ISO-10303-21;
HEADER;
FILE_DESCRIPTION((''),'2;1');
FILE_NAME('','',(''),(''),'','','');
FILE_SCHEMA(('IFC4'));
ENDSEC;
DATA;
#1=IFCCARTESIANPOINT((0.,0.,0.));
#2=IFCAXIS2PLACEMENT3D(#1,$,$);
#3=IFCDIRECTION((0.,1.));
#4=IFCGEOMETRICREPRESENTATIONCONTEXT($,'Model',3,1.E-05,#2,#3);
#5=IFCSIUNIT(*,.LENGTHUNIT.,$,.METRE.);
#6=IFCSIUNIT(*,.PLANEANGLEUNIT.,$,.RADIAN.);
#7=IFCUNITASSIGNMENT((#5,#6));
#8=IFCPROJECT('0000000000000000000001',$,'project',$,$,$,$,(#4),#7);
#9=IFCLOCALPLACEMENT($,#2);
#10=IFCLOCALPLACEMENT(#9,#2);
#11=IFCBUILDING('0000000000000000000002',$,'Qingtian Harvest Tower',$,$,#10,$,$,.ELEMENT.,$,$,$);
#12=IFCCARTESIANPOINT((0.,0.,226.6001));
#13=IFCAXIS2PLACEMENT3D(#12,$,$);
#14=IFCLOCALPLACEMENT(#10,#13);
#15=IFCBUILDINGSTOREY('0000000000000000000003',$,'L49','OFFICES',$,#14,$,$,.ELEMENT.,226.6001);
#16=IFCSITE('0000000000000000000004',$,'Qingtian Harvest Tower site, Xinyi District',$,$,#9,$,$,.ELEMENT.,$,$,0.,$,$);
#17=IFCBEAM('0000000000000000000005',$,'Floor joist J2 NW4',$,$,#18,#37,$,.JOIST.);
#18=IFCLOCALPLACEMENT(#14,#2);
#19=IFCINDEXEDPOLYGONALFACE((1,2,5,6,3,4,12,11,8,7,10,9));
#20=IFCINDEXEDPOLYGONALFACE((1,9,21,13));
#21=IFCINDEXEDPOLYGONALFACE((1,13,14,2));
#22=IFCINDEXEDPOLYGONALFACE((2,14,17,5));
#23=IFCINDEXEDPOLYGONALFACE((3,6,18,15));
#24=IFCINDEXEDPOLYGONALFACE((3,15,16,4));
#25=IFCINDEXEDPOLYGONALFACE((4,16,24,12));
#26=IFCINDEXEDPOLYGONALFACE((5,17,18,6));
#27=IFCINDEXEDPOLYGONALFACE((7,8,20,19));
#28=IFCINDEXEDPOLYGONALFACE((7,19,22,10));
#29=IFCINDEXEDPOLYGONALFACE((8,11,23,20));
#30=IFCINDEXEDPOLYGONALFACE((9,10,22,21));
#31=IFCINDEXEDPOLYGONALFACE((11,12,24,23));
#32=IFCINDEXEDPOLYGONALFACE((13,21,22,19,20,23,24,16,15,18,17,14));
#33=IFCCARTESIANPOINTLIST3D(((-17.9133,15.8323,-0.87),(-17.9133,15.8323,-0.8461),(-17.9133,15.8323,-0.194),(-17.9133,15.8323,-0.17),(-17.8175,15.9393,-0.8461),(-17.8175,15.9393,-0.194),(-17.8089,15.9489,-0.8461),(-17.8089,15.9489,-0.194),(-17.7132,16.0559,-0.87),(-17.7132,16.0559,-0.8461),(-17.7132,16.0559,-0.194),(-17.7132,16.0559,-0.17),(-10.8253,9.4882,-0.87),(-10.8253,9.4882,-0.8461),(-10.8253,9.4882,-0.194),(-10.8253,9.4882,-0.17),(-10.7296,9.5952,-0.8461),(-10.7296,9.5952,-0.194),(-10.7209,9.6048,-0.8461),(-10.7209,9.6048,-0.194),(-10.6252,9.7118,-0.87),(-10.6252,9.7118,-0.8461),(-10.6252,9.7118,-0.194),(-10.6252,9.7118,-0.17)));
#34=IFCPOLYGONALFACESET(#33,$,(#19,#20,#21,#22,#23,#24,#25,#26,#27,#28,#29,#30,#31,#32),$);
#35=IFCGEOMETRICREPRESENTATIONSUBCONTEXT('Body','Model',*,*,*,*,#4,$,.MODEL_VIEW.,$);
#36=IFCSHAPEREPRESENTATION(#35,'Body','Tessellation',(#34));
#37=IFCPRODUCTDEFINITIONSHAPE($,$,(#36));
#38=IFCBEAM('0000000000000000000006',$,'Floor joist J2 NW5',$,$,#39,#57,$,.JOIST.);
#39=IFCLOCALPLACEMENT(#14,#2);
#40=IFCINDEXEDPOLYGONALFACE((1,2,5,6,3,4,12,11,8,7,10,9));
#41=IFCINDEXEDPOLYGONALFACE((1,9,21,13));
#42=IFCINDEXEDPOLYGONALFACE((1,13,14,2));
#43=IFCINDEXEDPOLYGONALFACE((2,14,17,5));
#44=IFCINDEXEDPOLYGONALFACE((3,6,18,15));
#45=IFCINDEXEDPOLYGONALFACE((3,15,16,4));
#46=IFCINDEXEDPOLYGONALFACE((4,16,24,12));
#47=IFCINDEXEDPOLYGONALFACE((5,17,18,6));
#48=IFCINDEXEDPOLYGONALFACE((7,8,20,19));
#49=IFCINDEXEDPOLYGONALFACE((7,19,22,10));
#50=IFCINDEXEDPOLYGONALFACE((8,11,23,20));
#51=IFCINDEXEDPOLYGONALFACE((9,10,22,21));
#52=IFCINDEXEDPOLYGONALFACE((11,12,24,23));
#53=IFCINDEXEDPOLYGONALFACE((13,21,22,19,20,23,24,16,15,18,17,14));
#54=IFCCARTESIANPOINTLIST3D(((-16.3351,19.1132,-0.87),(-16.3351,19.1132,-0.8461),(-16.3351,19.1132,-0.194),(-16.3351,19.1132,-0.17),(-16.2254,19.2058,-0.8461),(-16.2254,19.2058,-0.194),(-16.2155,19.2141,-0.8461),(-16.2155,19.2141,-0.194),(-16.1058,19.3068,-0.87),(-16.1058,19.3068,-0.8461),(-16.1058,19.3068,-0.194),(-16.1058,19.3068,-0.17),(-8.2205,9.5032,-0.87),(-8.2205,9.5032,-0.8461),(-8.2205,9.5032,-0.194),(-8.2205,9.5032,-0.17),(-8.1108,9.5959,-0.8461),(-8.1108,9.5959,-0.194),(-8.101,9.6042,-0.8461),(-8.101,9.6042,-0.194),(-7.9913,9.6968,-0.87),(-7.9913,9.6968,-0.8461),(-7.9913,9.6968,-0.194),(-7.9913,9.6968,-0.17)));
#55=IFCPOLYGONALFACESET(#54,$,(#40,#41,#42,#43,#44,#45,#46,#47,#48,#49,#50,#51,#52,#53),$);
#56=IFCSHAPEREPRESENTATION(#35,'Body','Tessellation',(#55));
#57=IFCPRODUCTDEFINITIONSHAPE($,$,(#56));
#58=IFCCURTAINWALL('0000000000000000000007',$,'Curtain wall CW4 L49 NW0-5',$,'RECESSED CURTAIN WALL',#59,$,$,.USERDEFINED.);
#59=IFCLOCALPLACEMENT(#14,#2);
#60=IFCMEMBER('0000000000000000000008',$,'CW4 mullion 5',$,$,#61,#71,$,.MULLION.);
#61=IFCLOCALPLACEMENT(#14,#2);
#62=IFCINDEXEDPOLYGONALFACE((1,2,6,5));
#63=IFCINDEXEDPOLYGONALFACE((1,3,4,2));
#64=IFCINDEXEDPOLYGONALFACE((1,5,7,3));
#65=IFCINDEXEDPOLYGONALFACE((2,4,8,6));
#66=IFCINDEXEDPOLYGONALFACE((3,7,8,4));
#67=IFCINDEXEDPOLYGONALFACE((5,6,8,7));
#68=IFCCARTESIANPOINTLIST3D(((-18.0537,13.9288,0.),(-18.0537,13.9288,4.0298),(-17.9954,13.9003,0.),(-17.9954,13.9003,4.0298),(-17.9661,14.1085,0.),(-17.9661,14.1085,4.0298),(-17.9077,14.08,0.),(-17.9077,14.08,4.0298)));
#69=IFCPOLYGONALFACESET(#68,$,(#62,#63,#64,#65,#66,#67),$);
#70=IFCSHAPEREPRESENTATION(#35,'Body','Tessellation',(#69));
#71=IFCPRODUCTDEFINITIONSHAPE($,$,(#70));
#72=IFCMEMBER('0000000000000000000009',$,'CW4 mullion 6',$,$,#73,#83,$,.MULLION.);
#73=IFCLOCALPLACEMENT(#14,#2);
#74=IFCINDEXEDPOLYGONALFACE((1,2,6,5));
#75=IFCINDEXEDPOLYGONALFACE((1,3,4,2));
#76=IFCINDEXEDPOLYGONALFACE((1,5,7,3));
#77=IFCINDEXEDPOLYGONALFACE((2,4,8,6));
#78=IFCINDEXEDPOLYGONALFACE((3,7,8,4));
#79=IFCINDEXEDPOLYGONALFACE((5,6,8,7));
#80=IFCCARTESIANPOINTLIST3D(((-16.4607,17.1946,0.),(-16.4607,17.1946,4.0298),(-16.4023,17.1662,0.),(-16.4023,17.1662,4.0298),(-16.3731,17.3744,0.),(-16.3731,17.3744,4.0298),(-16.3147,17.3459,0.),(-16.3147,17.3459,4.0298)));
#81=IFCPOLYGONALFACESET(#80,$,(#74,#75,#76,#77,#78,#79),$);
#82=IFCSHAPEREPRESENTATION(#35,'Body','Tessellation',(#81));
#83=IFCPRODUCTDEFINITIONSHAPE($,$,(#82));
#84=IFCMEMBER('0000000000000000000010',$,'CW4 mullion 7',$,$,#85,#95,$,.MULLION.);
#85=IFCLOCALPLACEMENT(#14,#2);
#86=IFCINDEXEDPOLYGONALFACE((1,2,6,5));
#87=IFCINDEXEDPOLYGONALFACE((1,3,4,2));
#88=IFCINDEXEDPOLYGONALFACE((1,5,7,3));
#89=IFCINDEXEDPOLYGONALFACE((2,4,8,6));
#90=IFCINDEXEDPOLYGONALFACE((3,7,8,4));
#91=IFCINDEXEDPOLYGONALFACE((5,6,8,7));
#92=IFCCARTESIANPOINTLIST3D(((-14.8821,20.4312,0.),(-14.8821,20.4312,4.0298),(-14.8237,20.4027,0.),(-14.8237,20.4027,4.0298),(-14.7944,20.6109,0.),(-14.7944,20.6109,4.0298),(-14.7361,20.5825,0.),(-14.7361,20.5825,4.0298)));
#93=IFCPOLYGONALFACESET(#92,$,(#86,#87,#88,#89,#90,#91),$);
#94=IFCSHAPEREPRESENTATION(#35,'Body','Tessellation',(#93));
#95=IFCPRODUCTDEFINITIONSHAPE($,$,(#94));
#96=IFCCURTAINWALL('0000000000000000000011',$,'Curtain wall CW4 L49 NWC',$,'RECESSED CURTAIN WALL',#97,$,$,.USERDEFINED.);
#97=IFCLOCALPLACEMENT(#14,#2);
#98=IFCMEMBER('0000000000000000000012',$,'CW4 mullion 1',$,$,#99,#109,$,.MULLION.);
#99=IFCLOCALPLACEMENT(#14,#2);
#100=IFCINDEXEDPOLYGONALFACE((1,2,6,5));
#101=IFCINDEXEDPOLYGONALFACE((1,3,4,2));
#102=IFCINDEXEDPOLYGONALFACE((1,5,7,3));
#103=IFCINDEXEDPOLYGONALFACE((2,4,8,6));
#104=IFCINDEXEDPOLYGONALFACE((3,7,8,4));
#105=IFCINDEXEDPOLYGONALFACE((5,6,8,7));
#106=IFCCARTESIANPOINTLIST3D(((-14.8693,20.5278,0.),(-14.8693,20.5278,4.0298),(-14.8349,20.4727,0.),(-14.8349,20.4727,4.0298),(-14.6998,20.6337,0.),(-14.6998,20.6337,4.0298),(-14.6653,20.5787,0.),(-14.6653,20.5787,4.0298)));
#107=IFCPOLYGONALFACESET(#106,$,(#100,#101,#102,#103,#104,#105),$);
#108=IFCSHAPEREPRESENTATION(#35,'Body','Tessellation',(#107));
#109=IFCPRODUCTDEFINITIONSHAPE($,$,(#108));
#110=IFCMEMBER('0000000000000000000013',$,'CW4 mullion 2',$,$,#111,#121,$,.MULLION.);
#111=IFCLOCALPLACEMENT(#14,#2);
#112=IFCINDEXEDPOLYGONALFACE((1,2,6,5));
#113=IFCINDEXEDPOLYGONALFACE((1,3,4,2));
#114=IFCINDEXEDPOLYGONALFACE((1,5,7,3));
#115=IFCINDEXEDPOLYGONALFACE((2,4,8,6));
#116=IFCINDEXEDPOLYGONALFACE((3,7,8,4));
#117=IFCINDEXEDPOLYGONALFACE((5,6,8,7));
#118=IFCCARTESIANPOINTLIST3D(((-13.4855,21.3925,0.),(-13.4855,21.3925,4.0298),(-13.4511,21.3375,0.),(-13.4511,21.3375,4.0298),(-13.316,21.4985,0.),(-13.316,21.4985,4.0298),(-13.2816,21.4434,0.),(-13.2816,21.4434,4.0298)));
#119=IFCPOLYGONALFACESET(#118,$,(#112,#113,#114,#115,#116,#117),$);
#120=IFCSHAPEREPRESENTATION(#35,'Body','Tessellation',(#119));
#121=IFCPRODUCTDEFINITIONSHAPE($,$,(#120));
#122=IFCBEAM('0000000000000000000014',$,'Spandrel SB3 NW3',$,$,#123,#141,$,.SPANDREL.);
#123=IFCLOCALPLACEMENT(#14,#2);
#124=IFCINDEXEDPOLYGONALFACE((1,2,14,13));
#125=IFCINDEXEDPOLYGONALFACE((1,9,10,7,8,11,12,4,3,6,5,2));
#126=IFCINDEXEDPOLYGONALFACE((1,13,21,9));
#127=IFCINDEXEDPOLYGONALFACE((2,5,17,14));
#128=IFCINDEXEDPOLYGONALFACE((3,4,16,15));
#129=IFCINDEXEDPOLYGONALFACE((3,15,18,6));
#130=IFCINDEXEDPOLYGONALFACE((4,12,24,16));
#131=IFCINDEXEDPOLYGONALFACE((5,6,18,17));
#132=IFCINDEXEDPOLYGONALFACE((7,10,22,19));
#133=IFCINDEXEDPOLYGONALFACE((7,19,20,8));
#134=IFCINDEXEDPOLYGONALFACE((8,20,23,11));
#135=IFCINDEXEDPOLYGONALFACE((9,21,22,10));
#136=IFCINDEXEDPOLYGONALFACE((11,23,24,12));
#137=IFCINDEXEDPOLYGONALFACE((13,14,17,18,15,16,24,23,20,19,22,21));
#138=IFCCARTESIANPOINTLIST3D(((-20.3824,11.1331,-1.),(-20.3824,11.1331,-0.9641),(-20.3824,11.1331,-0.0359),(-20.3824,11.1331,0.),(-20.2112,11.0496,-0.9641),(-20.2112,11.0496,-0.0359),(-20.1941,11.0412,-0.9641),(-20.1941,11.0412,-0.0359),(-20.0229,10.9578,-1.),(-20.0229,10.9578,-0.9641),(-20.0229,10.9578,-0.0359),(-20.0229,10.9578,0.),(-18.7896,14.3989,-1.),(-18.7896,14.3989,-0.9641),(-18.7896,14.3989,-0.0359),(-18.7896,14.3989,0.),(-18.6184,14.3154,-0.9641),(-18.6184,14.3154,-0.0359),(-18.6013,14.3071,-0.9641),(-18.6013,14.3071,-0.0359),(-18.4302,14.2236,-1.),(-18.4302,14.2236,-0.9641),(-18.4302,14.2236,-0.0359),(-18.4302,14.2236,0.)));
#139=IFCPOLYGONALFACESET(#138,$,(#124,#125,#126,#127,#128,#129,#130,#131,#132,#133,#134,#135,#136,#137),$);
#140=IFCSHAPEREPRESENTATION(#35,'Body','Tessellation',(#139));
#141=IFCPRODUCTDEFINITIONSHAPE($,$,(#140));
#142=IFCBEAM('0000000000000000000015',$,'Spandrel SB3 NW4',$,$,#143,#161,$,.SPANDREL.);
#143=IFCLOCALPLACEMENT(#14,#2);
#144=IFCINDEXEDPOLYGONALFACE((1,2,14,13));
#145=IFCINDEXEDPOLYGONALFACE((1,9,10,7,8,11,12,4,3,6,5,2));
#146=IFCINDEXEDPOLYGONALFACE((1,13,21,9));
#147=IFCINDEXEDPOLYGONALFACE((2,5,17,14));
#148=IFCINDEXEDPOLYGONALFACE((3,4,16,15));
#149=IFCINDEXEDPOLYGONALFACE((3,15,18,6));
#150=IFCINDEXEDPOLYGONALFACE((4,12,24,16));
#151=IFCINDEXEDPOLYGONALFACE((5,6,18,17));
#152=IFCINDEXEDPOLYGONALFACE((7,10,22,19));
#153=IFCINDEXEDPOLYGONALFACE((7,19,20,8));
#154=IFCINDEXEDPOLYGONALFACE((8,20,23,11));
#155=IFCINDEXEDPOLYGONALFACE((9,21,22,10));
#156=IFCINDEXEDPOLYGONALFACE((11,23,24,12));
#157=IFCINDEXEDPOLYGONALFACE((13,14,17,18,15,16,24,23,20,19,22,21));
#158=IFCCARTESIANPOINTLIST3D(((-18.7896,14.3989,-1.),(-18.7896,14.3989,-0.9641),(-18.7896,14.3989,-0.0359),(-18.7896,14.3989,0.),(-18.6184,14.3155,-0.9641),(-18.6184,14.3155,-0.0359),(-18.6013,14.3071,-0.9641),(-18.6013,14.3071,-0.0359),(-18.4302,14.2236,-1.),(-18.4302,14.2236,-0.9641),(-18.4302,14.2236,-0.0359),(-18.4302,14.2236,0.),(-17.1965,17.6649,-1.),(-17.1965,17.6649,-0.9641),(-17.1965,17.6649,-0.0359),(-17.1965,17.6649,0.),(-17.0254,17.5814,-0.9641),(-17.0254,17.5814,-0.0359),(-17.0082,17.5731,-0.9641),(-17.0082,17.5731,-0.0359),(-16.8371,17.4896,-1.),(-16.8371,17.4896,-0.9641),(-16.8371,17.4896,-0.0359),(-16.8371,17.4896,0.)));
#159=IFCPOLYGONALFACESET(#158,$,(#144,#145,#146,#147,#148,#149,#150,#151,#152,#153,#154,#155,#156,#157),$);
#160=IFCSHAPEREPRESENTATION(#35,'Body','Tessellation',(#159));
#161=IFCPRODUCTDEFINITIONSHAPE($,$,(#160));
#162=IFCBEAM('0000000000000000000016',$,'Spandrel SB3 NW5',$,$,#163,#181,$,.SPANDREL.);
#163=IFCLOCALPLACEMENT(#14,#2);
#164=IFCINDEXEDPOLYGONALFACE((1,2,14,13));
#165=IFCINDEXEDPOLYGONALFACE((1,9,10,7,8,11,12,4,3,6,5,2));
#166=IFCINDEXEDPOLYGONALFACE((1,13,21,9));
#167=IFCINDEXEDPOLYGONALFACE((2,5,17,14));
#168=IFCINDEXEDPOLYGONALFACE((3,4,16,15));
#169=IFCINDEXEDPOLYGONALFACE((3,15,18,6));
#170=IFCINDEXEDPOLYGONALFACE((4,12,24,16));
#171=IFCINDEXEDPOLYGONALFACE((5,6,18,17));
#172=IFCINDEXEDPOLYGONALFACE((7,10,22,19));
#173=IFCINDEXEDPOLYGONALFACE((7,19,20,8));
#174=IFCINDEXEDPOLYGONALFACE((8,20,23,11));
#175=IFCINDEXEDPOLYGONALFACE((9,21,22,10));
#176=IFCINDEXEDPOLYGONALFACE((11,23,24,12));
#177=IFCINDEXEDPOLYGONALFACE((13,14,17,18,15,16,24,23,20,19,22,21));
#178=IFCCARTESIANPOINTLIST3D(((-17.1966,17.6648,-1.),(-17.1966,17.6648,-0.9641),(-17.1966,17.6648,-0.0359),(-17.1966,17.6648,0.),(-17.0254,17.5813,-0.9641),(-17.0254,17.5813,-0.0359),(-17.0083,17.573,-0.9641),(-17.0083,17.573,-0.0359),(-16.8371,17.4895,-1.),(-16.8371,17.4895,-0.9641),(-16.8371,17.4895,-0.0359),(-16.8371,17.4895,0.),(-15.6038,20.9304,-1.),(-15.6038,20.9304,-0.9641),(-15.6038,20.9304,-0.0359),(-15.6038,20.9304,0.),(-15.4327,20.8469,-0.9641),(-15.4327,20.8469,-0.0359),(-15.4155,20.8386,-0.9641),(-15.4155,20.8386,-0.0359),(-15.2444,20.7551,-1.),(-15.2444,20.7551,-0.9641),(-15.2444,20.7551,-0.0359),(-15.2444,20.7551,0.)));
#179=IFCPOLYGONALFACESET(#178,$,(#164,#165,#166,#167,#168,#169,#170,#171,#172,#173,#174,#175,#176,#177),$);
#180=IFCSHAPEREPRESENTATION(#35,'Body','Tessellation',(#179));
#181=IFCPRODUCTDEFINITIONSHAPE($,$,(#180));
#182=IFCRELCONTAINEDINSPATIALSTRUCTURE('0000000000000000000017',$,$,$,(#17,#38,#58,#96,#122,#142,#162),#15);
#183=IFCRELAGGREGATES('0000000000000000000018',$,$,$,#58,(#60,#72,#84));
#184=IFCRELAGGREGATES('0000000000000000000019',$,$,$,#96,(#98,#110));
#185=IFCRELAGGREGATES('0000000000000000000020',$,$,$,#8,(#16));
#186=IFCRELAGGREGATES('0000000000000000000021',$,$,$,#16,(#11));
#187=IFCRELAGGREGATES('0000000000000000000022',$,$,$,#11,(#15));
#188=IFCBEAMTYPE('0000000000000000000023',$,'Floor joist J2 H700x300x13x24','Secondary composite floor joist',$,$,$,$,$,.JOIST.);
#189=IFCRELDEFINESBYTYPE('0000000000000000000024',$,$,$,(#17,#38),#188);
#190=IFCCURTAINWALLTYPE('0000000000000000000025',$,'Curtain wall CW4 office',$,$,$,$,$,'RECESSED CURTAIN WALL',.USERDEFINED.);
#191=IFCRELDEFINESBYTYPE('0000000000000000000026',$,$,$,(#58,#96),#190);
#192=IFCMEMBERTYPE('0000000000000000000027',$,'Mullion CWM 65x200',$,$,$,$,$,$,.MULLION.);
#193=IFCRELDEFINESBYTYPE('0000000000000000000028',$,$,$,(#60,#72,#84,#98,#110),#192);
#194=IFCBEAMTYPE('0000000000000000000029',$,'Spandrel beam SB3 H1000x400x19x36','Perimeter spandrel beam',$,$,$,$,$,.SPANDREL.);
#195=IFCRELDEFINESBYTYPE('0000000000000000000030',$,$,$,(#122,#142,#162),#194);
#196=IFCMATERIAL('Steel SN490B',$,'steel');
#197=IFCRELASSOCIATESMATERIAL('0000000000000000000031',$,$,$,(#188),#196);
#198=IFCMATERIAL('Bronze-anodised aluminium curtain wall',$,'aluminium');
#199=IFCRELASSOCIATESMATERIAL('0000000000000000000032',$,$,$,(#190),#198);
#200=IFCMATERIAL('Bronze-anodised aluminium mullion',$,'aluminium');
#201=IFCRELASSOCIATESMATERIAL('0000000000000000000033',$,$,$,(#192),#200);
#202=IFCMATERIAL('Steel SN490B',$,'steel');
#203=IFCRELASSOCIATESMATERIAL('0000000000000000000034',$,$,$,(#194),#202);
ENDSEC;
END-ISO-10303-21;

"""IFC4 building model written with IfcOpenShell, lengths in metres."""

from ifc_helpers import new_model, si_unit, direction, frame, origin, origin_2d, place, context, subcontext, project, spatial, rectangle, i_section, extrude, material, material_profile, profile_set, type_object, element, aggregate, save


model = new_model("IFC4")

# Units and contexts
model_context = context("Model", 3, precision=1e-05, world=origin(), true_north=direction((0.0, 1.0)))
body_context = subcontext(model_context, "Body", "Model", "MODEL_VIEW")
ifc_project = project(units=[si_unit("LENGTHUNIT", "METRE"), si_unit("PLANEANGLEUNIT", "RADIAN")], contexts=[model_context])

# Site, building, storey
site_placement = place(None, origin())
site = spatial("IfcSite", under=ifc_project, at=site_placement, Name="Qingtian Harvest Tower site, Xinyi District", CompositionType="ELEMENT", RefElevation=0.0)
building_placement = place(site_placement, origin())
building = spatial("IfcBuilding", under=site, at=building_placement, Name="Qingtian Harvest Tower", CompositionType="ELEMENT")
storey_placement = place(building_placement, frame((0.0, 0.0, 226.6001)))
storey = spatial("IfcBuildingStorey", under=building, at=storey_placement, Name="L49", Description="OFFICES", CompositionType="ELEMENT", Elevation=226.6001)

# Beams
ifc_material_1 = material(Name="Steel SN490B", Category="steel")
ifc_material_profile_1 = material_profile(ifc_material_1, i_section(OverallWidth=0.3, OverallDepth=0.7, WebThickness=0.0129, FlangeThickness=0.0239, at=origin_2d()), Name="H700x300x13x24")
ifc_profile_set_1 = profile_set([ifc_material_profile_1], Name="Steel SN490B")
beam_type_1 = type_object("IfcBeamType", Name="Floor joist J2 H700x300x13x24", Description="Secondary composite floor joist", PredefinedType="JOIST", material=ifc_profile_set_1)
beam_1_placement = place(storey_placement, frame((-17.8132, 15.9441, -0.52), z_axis=(0.745127, -0.666923, 0.0), x_axis=(0.666923, 0.745127, 0.0)))
element("IfcBeam", 1, at=beam_1_placement, inside=storey, type_object=beam_type_1, Name="Floor joist J2 NW4", PredefinedType="JOIST", context=body_context, shape_type="SweptSolid", body=[
    extrude(i_section(OverallWidth=0.3, OverallDepth=0.7, WebThickness=0.0129, FlangeThickness=0.0239, at=origin_2d()), origin(), (0.0, 0.0, 1.0), 9.5125),
])
beam_2_placement = place(storey_placement, frame((-16.2205, 19.21, -0.52), z_axis=(0.645158, -0.764049, 0.0), x_axis=(0.764049, 0.645158, 0.0)))
element("IfcBeam", 2, at=beam_2_placement, inside=storey, type_object=beam_type_1, Name="Floor joist J2 NW5", PredefinedType="JOIST", context=body_context, shape_type="SweptSolid", body=[
    extrude(i_section(OverallWidth=0.3, OverallDepth=0.7, WebThickness=0.0129, FlangeThickness=0.0239, at=origin_2d()), origin(), (0.0, 0.0, 1.0), 12.5776),
])

# Curtain walls, members
ifc_material_2 = material(Name="Bronze-anodised aluminium curtain wall", Category="aluminium")
curtain_wall_type = type_object("IfcCurtainWallType", Name="Curtain wall CW4 office", ElementType="RECESSED CURTAIN WALL", PredefinedType="USERDEFINED", material=ifc_material_2)
curtain_wall_1_placement = place(storey_placement, origin())
curtain_wall_1 = element("IfcCurtainWall", 3, at=curtain_wall_1_placement, inside=storey, type_object=curtain_wall_type, Name="Curtain wall CW4 L49 NW0-5", ObjectType="RECESSED CURTAIN WALL", PredefinedType="USERDEFINED")
ifc_material_3 = material(Name="Bronze-anodised aluminium mullion", Category="aluminium")
ifc_material_profile_2 = material_profile(ifc_material_3, rectangle(XDim=0.0649, YDim=0.2, at=origin_2d()), Name="AL 65x200")
ifc_profile_set_2 = profile_set([ifc_material_profile_2], Name="Bronze-anodised aluminium mullion")
member_type_1 = type_object("IfcMemberType", Name="Mullion CWM 65x200", PredefinedType="MULLION", material=ifc_profile_set_2)
member_1_placement = place(storey_placement, frame((-17.9807, 14.0044, 0.0), z_axis=(0.0, 0.0, 1.0), x_axis=(-0.898794, 0.438371, 0.0)))
member_1 = element("IfcMember", 4, at=member_1_placement, type_object=member_type_1, Name="CW4 mullion 5", PredefinedType="MULLION", context=body_context, shape_type="SweptSolid", body=[
    extrude(rectangle(XDim=0.0649, YDim=0.2, at=origin_2d()), origin(), (0.0, 0.0, 1.0), 4.0298),
])
member_2_placement = place(storey_placement, frame((-16.3877, 17.2703, 0.0), z_axis=(0.0, 0.0, 1.0), x_axis=(-0.898794, 0.438371, 0.0)))
member_2 = element("IfcMember", 5, at=member_2_placement, type_object=member_type_1, Name="CW4 mullion 6", PredefinedType="MULLION", context=body_context, shape_type="SweptSolid", body=[
    extrude(rectangle(XDim=0.0649, YDim=0.2, at=origin_2d()), origin(), (0.0, 0.0, 1.0), 4.0298),
])
member_3_placement = place(storey_placement, frame((-14.8091, 20.5068, 0.0), z_axis=(0.0, 0.0, 1.0), x_axis=(-0.898794, 0.438371, 0.0)))
member_3 = element("IfcMember", 6, at=member_3_placement, type_object=member_type_1, Name="CW4 mullion 7", PredefinedType="MULLION", context=body_context, shape_type="SweptSolid", body=[
    extrude(rectangle(XDim=0.0649, YDim=0.2, at=origin_2d()), origin(), (0.0, 0.0, 1.0), 4.0298),
])
curtain_wall_2_placement = place(storey_placement, origin())
curtain_wall_2 = element("IfcCurtainWall", 7, at=curtain_wall_2_placement, inside=storey, type_object=curtain_wall_type, Name="Curtain wall CW4 L49 NWC", ObjectType="RECESSED CURTAIN WALL", PredefinedType="USERDEFINED")
member_4_placement = place(storey_placement, frame((-14.7673, 20.5532, 0.0), z_axis=(0.0, 0.0, 1.0), x_axis=(-0.529919, 0.848048, 0.0)))
member_4 = element("IfcMember", 8, at=member_4_placement, type_object=member_type_1, Name="CW4 mullion 1", PredefinedType="MULLION", context=body_context, shape_type="SweptSolid", body=[
    extrude(rectangle(XDim=0.0649, YDim=0.2, at=origin_2d()), origin(), (0.0, 0.0, 1.0), 4.0298),
])
member_5_placement = place(storey_placement, frame((-13.3835, 21.418, 0.0), z_axis=(0.0, 0.0, 1.0), x_axis=(-0.529919, 0.848048, 0.0)))
member_5 = element("IfcMember", 9, at=member_5_placement, type_object=member_type_1, Name="CW4 mullion 2", PredefinedType="MULLION", context=body_context, shape_type="SweptSolid", body=[
    extrude(rectangle(XDim=0.0649, YDim=0.2, at=origin_2d()), origin(), (0.0, 0.0, 1.0), 4.0298),
])

# Beams
ifc_material_4 = material(Name="Steel SN490B", Category="steel")
ifc_material_profile_3 = material_profile(ifc_material_4, i_section(OverallWidth=0.3999, OverallDepth=1.0, WebThickness=0.019, FlangeThickness=0.0359, at=origin_2d()), Name="H1000x400x19x36")
ifc_profile_set_3 = profile_set([ifc_material_profile_3], Name="Steel SN490B")
beam_type_2 = type_object("IfcBeamType", Name="Spandrel beam SB3 H1000x400x19x36", Description="Perimeter spandrel beam", PredefinedType="SPANDREL", material=ifc_profile_set_3)
beam_3_placement = place(storey_placement, frame((-20.2026, 11.0454, -0.5), z_axis=(0.438349, 0.898805, 0.0), x_axis=(-0.898805, 0.438349, 0.0)))
element("IfcBeam", 10, at=beam_3_placement, inside=storey, type_object=beam_type_2, Name="Spandrel SB3 NW3", PredefinedType="SPANDREL", context=body_context, shape_type="SweptSolid", body=[
    extrude(i_section(OverallWidth=0.3999, OverallDepth=1.0, WebThickness=0.019, FlangeThickness=0.0359, at=origin_2d()), origin(), (0.0, 0.0, 1.0), 3.6335),
])
beam_4_placement = place(storey_placement, frame((-18.6099, 14.3113, -0.5), z_axis=(0.438404, 0.898778, 0.0), x_axis=(-0.898778, 0.438404, 0.0)))
element("IfcBeam", 11, at=beam_4_placement, inside=storey, type_object=beam_type_2, Name="Spandrel SB3 NW4", PredefinedType="SPANDREL", context=body_context, shape_type="SweptSolid", body=[
    extrude(i_section(OverallWidth=0.3999, OverallDepth=1.0, WebThickness=0.019, FlangeThickness=0.0359, at=origin_2d()), origin(), (0.0, 0.0, 1.0), 3.6338),
])
beam_5_placement = place(storey_placement, frame((-17.0168, 17.5771, -0.5), z_axis=(0.438376, 0.898792, 0.0), x_axis=(-0.898792, 0.438376, 0.0)))
element("IfcBeam", 12, at=beam_5_placement, inside=storey, type_object=beam_type_2, Name="Spandrel SB3 NW5", PredefinedType="SPANDREL", context=body_context, shape_type="SweptSolid", body=[
    extrude(i_section(OverallWidth=0.3999, OverallDepth=1.0, WebThickness=0.019, FlangeThickness=0.0359, at=origin_2d()), origin(), (0.0, 0.0, 1.0), 3.6333),
])

aggregate(curtain_wall_1, [member_1, member_2, member_3])
aggregate(curtain_wall_2, [member_4, member_5])

save(model, "model.ifc")
